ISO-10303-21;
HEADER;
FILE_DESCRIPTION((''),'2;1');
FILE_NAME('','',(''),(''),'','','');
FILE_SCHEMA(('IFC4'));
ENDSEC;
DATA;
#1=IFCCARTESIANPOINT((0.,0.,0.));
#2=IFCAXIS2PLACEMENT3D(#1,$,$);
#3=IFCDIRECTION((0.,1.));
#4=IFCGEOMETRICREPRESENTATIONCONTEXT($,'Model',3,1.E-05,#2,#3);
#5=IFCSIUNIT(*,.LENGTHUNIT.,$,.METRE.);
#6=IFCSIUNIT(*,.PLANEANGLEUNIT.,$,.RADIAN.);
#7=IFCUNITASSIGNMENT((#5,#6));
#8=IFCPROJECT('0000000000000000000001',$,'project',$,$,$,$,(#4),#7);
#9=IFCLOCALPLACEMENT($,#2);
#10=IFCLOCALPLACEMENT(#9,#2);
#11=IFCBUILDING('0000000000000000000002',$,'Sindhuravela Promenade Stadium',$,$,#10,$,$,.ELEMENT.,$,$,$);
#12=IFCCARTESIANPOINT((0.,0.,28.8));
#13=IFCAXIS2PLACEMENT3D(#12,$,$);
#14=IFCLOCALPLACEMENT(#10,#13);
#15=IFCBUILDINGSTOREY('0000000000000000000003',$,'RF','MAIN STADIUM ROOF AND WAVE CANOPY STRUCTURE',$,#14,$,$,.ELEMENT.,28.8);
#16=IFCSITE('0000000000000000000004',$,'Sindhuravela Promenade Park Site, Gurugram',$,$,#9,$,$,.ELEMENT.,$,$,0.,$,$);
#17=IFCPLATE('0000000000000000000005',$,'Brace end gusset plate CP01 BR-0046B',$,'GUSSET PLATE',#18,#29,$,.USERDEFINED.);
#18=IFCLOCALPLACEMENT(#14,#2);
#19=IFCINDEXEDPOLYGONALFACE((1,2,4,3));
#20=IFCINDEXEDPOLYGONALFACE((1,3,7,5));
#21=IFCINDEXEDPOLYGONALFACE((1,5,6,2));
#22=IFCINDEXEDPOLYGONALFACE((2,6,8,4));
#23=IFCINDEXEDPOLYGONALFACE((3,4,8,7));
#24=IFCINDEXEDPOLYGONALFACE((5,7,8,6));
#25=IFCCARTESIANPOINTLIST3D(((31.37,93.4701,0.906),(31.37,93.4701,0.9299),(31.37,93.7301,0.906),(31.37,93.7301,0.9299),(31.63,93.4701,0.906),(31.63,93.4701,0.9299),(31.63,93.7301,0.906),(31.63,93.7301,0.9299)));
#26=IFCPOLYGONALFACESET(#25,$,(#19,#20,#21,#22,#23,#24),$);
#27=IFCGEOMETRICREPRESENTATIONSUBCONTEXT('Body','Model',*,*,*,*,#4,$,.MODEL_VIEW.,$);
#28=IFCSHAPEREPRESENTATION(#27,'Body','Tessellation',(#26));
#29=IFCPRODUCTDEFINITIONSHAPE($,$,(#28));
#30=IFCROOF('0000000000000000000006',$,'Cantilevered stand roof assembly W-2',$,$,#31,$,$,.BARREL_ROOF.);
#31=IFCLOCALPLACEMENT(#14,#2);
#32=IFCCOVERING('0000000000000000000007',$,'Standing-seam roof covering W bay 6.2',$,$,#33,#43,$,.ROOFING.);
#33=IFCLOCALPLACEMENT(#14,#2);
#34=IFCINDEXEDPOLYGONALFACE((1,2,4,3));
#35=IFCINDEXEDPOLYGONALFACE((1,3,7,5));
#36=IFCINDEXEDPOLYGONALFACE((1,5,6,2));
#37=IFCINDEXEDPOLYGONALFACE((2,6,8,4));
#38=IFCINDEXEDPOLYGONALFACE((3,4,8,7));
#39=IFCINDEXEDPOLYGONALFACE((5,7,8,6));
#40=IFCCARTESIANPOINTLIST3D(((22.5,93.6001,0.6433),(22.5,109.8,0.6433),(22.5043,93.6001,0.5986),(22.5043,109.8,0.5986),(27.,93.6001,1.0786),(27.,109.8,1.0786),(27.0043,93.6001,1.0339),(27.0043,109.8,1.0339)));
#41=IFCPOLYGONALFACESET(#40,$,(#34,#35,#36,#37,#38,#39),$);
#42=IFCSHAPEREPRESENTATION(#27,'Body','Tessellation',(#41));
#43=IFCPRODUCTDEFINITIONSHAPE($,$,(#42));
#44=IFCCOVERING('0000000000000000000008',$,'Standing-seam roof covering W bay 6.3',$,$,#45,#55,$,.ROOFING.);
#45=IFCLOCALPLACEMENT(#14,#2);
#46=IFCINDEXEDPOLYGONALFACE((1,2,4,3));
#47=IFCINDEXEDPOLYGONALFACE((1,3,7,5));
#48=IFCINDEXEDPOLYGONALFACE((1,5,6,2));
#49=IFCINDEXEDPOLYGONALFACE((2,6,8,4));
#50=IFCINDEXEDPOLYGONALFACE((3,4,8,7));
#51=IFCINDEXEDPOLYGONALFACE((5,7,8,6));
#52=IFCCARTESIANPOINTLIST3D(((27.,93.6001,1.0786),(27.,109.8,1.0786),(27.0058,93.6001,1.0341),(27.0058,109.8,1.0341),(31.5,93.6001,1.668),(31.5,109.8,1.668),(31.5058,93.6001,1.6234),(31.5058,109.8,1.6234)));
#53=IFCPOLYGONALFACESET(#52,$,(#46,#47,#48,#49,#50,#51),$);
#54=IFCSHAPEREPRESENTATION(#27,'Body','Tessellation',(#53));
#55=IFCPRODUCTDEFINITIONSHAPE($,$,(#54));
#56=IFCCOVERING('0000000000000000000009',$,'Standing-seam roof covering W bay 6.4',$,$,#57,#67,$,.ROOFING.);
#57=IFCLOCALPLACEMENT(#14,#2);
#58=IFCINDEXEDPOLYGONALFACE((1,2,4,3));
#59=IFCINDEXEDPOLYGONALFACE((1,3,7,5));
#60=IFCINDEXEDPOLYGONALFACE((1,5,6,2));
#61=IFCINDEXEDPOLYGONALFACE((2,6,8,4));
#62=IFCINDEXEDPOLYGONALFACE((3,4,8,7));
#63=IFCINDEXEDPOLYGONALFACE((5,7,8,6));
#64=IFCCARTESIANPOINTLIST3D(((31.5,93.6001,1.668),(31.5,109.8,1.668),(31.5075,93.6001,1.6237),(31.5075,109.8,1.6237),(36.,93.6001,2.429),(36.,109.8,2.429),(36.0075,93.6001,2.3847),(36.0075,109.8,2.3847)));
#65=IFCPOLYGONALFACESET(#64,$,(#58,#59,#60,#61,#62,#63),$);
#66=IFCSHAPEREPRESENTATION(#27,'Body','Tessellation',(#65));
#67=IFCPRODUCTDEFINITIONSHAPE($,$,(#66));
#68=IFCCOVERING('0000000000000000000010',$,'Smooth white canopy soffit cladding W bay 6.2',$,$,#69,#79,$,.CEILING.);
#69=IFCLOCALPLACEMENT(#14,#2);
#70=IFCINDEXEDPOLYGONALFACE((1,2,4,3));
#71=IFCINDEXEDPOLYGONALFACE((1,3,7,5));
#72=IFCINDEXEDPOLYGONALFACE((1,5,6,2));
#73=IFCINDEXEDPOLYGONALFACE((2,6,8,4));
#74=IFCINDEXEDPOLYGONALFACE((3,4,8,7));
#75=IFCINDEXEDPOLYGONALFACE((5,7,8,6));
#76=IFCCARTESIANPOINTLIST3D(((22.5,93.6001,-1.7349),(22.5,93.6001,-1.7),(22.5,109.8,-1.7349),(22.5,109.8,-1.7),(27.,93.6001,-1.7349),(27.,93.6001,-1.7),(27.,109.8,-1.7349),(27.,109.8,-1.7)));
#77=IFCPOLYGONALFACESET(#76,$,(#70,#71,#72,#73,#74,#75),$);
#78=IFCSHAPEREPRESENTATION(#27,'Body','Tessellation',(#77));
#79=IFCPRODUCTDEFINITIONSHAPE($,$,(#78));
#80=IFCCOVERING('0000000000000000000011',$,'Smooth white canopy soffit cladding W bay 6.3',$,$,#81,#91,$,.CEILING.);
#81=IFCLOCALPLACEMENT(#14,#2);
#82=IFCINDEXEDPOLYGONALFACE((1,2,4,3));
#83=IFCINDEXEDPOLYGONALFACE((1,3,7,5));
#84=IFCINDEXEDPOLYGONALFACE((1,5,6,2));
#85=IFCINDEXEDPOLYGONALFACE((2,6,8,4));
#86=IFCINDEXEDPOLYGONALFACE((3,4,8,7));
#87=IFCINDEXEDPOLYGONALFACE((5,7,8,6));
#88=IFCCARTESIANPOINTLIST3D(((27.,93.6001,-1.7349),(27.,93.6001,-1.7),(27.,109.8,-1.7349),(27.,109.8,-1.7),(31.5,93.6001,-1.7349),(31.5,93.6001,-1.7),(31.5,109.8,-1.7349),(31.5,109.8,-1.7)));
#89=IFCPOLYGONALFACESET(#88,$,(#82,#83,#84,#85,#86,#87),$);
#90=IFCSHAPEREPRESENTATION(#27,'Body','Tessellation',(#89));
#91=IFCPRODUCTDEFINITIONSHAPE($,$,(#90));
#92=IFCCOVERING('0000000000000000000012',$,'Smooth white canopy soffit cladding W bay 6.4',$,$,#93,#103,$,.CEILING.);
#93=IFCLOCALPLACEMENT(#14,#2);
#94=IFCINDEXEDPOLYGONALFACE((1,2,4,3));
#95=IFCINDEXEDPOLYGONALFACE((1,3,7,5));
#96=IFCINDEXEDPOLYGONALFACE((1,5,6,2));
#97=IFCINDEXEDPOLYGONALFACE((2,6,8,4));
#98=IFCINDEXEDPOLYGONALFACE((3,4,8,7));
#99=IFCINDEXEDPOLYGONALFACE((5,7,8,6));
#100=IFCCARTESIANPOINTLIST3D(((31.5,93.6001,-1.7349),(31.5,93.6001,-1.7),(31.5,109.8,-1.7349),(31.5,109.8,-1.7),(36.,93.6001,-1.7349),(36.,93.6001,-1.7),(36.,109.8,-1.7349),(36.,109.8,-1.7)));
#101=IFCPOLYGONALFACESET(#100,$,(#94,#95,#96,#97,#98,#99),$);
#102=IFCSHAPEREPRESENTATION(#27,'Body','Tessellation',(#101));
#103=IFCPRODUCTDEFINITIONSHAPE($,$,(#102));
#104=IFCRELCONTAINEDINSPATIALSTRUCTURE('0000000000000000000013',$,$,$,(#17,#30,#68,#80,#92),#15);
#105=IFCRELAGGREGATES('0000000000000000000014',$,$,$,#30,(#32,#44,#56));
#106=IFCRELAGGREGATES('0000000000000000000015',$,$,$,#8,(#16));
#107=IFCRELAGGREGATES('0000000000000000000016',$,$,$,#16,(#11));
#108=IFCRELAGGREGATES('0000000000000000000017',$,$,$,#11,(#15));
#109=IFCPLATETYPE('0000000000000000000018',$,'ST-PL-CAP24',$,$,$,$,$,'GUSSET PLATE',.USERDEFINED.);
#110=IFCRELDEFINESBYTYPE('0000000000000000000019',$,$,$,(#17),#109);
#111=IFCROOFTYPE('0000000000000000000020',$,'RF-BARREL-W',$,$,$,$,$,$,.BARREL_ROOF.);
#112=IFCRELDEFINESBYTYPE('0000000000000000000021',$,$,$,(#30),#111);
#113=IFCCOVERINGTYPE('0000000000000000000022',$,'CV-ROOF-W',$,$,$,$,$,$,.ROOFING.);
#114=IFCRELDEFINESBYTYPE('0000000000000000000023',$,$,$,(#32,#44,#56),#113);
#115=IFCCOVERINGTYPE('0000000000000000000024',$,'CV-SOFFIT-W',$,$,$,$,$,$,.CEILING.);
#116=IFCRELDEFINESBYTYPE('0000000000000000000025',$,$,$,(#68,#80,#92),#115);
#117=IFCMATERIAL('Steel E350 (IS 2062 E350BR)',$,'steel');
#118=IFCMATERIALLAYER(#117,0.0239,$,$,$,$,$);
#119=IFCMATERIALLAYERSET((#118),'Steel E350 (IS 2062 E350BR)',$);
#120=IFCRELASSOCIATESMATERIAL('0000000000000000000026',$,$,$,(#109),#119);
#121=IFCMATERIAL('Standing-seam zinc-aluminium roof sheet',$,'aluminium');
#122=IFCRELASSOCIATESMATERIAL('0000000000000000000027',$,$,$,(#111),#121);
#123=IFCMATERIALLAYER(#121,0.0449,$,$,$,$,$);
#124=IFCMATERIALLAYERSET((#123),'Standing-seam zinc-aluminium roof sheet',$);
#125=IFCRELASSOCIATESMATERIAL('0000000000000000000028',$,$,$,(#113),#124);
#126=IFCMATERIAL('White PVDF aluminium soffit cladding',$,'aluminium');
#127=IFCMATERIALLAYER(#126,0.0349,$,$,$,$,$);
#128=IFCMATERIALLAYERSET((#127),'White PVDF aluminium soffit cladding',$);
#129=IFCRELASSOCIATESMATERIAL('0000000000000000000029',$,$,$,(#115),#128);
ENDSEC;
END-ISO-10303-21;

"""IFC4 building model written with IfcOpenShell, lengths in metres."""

from ifc_helpers import new_model, si_unit, direction, frame, origin, origin_2d, place, context, subcontext, project, spatial, polyline, rectangle, outline, extrude, material, layer, layer_set, type_object, element, aggregate, save


model = new_model("IFC4")

# Units and contexts
model_context = context("Model", 3, precision=1e-05, world=origin(), true_north=direction((0.0, 1.0)))
body_context = subcontext(model_context, "Body", "Model", "MODEL_VIEW")
ifc_project = project(units=[si_unit("LENGTHUNIT", "METRE"), si_unit("PLANEANGLEUNIT", "RADIAN")], contexts=[model_context])

# Site, building, storey
site_placement = place(None, origin())
site = spatial("IfcSite", under=ifc_project, at=site_placement, Name="Sindhuravela Promenade Park Site, Gurugram", CompositionType="ELEMENT", RefElevation=0.0)
building_placement = place(site_placement, origin())
building = spatial("IfcBuilding", under=site, at=building_placement, Name="Sindhuravela Promenade Stadium", CompositionType="ELEMENT")
storey_placement = place(building_placement, frame((0.0, 0.0, 28.8)))
storey = spatial("IfcBuildingStorey", under=building, at=storey_placement, Name="RF", Description="MAIN STADIUM ROOF AND WAVE CANOPY STRUCTURE", CompositionType="ELEMENT", Elevation=28.8)

# Shared definitions
ifc_material_1 = material(Name="Steel E350 (IS 2062 E350BR)", Category="steel")

# Plate
ifc_layer_1 = layer(ifc_material_1, 0.0239)
ifc_layer_set_1 = layer_set([ifc_layer_1], Name="Steel E350 (IS 2062 E350BR)")
plate_type = type_object("IfcPlateType", Name="ST-PL-CAP24", ElementType="GUSSET PLATE", PredefinedType="USERDEFINED", material=ifc_layer_set_1)
for number, where, z_axis, x_axis, name in (
    (1, (31.5, 93.6001, 0.906), (0.0, 0.0, 1.0), (1.0, 0.0, 0.0), "Brace end gusset plate CP01 BR-0046B"),
):
    element("IfcPlate", number, at=place(storey_placement, frame(where, z_axis=z_axis, x_axis=x_axis)), inside=storey, type_object=plate_type, Name=name, ObjectType="GUSSET PLATE", PredefinedType="USERDEFINED", context=body_context, shape_type="SweptSolid", body=[
        extrude(rectangle(XDim=0.26, YDim=0.26, at=origin_2d()), origin(), (0.0, 0.0, 1.0), 0.0239),
    ])

# Roof, coverings
ifc_material_2 = material(Name="Standing-seam zinc-aluminium roof sheet", Category="aluminium")
roof_type = type_object("IfcRoofType", Name="RF-BARREL-W", PredefinedType="BARREL_ROOF", material=ifc_material_2)
roof_placement = place(storey_placement, origin())
roof = element("IfcRoof", 2, at=roof_placement, inside=storey, type_object=roof_type, Name="Cantilevered stand roof assembly W-2", PredefinedType="BARREL_ROOF")
ifc_layer_2 = layer(ifc_material_2, 0.0449)
ifc_layer_set_2 = layer_set([ifc_layer_2], Name="Standing-seam zinc-aluminium roof sheet")
covering_type_1 = type_object("IfcCoveringType", Name="CV-ROOF-W", PredefinedType="ROOFING", material=ifc_layer_set_2)
covering_1_placement = place(storey_placement, frame((22.5, 93.6001, 0.6433), z_axis=(-0.096285, 0.0, 0.995354), x_axis=(0.0, 1.0, 0.0)))
covering_1 = element("IfcCovering", 3, at=covering_1_placement, type_object=covering_type_1, Name="Standing-seam roof covering W bay 6.2", PredefinedType="ROOFING", context=body_context, shape_type="SweptSolid", body=[
    extrude(outline(polyline([(0.0, 0.0), (0.0, -4.521), (16.2, -4.521), (16.2, 0.0), (0.0, 0.0)])), origin(), (0.0, 0.0, -1.0), 0.0449),
])
covering_2_placement = place(storey_placement, frame((27.0, 93.6001, 1.0786), z_axis=(-0.129859, 0.0, 0.991532), x_axis=(0.0, 1.0, 0.0)))
covering_2 = element("IfcCovering", 4, at=covering_2_placement, type_object=covering_type_1, Name="Standing-seam roof covering W bay 6.3", PredefinedType="ROOFING", context=body_context, shape_type="SweptSolid", body=[
    extrude(outline(polyline([(0.0, 0.0), (0.0, -4.5384), (16.2, -4.5384), (16.2, 0.0), (0.0, 0.0)])), origin(), (0.0, 0.0, -1.0), 0.0449),
])
covering_3_placement = place(storey_placement, frame((31.5, 93.6001, 1.668), z_axis=(-0.166741, 0.0, 0.986001), x_axis=(0.0, 1.0, 0.0)))
covering_3 = element("IfcCovering", 5, at=covering_3_placement, type_object=covering_type_1, Name="Standing-seam roof covering W bay 6.4", PredefinedType="ROOFING", context=body_context, shape_type="SweptSolid", body=[
    extrude(outline(polyline([(0.0, 0.0), (0.0, -4.5639), (16.2, -4.5639), (16.2, 0.0), (0.0, 0.0)])), origin(), (0.0, 0.0, -1.0), 0.0449),
])
aggregate(roof, [covering_1, covering_2, covering_3])

# Coverings
ifc_material_3 = material(Name="White PVDF aluminium soffit cladding", Category="aluminium")
ifc_layer_3 = layer(ifc_material_3, 0.0349)
ifc_layer_set_3 = layer_set([ifc_layer_3], Name="White PVDF aluminium soffit cladding")
covering_type_2 = type_object("IfcCoveringType", Name="CV-SOFFIT-W", PredefinedType="CEILING", material=ifc_layer_set_3)
for number, where, z_axis, x_axis, name in (
    (6, (22.5, 93.6001, -1.7), (0.0, 0.0, 1.0), (0.0, 1.0, 0.0), "Smooth white canopy soffit cladding W bay 6.2"),
    (7, (27.0, 93.6001, -1.7), (0.0, 0.0, 1.0), (0.0, 1.0, 0.0), "Smooth white canopy soffit cladding W bay 6.3"),
    (8, (31.5, 93.6001, -1.7), (0.0, 0.0, 1.0), (0.0, 1.0, 0.0), "Smooth white canopy soffit cladding W bay 6.4"),
):
    element("IfcCovering", number, at=place(storey_placement, frame(where, z_axis=z_axis, x_axis=x_axis)), inside=storey, type_object=covering_type_2, Name=name, PredefinedType="CEILING", context=body_context, shape_type="SweptSolid", body=[
        extrude(outline(polyline([(0.0, 0.0), (0.0, -4.5), (16.2, -4.5), (16.2, 0.0), (0.0, 0.0)])), origin(), (0.0, 0.0, -1.0), 0.0349),
    ])

save(model, "model.ifc")
